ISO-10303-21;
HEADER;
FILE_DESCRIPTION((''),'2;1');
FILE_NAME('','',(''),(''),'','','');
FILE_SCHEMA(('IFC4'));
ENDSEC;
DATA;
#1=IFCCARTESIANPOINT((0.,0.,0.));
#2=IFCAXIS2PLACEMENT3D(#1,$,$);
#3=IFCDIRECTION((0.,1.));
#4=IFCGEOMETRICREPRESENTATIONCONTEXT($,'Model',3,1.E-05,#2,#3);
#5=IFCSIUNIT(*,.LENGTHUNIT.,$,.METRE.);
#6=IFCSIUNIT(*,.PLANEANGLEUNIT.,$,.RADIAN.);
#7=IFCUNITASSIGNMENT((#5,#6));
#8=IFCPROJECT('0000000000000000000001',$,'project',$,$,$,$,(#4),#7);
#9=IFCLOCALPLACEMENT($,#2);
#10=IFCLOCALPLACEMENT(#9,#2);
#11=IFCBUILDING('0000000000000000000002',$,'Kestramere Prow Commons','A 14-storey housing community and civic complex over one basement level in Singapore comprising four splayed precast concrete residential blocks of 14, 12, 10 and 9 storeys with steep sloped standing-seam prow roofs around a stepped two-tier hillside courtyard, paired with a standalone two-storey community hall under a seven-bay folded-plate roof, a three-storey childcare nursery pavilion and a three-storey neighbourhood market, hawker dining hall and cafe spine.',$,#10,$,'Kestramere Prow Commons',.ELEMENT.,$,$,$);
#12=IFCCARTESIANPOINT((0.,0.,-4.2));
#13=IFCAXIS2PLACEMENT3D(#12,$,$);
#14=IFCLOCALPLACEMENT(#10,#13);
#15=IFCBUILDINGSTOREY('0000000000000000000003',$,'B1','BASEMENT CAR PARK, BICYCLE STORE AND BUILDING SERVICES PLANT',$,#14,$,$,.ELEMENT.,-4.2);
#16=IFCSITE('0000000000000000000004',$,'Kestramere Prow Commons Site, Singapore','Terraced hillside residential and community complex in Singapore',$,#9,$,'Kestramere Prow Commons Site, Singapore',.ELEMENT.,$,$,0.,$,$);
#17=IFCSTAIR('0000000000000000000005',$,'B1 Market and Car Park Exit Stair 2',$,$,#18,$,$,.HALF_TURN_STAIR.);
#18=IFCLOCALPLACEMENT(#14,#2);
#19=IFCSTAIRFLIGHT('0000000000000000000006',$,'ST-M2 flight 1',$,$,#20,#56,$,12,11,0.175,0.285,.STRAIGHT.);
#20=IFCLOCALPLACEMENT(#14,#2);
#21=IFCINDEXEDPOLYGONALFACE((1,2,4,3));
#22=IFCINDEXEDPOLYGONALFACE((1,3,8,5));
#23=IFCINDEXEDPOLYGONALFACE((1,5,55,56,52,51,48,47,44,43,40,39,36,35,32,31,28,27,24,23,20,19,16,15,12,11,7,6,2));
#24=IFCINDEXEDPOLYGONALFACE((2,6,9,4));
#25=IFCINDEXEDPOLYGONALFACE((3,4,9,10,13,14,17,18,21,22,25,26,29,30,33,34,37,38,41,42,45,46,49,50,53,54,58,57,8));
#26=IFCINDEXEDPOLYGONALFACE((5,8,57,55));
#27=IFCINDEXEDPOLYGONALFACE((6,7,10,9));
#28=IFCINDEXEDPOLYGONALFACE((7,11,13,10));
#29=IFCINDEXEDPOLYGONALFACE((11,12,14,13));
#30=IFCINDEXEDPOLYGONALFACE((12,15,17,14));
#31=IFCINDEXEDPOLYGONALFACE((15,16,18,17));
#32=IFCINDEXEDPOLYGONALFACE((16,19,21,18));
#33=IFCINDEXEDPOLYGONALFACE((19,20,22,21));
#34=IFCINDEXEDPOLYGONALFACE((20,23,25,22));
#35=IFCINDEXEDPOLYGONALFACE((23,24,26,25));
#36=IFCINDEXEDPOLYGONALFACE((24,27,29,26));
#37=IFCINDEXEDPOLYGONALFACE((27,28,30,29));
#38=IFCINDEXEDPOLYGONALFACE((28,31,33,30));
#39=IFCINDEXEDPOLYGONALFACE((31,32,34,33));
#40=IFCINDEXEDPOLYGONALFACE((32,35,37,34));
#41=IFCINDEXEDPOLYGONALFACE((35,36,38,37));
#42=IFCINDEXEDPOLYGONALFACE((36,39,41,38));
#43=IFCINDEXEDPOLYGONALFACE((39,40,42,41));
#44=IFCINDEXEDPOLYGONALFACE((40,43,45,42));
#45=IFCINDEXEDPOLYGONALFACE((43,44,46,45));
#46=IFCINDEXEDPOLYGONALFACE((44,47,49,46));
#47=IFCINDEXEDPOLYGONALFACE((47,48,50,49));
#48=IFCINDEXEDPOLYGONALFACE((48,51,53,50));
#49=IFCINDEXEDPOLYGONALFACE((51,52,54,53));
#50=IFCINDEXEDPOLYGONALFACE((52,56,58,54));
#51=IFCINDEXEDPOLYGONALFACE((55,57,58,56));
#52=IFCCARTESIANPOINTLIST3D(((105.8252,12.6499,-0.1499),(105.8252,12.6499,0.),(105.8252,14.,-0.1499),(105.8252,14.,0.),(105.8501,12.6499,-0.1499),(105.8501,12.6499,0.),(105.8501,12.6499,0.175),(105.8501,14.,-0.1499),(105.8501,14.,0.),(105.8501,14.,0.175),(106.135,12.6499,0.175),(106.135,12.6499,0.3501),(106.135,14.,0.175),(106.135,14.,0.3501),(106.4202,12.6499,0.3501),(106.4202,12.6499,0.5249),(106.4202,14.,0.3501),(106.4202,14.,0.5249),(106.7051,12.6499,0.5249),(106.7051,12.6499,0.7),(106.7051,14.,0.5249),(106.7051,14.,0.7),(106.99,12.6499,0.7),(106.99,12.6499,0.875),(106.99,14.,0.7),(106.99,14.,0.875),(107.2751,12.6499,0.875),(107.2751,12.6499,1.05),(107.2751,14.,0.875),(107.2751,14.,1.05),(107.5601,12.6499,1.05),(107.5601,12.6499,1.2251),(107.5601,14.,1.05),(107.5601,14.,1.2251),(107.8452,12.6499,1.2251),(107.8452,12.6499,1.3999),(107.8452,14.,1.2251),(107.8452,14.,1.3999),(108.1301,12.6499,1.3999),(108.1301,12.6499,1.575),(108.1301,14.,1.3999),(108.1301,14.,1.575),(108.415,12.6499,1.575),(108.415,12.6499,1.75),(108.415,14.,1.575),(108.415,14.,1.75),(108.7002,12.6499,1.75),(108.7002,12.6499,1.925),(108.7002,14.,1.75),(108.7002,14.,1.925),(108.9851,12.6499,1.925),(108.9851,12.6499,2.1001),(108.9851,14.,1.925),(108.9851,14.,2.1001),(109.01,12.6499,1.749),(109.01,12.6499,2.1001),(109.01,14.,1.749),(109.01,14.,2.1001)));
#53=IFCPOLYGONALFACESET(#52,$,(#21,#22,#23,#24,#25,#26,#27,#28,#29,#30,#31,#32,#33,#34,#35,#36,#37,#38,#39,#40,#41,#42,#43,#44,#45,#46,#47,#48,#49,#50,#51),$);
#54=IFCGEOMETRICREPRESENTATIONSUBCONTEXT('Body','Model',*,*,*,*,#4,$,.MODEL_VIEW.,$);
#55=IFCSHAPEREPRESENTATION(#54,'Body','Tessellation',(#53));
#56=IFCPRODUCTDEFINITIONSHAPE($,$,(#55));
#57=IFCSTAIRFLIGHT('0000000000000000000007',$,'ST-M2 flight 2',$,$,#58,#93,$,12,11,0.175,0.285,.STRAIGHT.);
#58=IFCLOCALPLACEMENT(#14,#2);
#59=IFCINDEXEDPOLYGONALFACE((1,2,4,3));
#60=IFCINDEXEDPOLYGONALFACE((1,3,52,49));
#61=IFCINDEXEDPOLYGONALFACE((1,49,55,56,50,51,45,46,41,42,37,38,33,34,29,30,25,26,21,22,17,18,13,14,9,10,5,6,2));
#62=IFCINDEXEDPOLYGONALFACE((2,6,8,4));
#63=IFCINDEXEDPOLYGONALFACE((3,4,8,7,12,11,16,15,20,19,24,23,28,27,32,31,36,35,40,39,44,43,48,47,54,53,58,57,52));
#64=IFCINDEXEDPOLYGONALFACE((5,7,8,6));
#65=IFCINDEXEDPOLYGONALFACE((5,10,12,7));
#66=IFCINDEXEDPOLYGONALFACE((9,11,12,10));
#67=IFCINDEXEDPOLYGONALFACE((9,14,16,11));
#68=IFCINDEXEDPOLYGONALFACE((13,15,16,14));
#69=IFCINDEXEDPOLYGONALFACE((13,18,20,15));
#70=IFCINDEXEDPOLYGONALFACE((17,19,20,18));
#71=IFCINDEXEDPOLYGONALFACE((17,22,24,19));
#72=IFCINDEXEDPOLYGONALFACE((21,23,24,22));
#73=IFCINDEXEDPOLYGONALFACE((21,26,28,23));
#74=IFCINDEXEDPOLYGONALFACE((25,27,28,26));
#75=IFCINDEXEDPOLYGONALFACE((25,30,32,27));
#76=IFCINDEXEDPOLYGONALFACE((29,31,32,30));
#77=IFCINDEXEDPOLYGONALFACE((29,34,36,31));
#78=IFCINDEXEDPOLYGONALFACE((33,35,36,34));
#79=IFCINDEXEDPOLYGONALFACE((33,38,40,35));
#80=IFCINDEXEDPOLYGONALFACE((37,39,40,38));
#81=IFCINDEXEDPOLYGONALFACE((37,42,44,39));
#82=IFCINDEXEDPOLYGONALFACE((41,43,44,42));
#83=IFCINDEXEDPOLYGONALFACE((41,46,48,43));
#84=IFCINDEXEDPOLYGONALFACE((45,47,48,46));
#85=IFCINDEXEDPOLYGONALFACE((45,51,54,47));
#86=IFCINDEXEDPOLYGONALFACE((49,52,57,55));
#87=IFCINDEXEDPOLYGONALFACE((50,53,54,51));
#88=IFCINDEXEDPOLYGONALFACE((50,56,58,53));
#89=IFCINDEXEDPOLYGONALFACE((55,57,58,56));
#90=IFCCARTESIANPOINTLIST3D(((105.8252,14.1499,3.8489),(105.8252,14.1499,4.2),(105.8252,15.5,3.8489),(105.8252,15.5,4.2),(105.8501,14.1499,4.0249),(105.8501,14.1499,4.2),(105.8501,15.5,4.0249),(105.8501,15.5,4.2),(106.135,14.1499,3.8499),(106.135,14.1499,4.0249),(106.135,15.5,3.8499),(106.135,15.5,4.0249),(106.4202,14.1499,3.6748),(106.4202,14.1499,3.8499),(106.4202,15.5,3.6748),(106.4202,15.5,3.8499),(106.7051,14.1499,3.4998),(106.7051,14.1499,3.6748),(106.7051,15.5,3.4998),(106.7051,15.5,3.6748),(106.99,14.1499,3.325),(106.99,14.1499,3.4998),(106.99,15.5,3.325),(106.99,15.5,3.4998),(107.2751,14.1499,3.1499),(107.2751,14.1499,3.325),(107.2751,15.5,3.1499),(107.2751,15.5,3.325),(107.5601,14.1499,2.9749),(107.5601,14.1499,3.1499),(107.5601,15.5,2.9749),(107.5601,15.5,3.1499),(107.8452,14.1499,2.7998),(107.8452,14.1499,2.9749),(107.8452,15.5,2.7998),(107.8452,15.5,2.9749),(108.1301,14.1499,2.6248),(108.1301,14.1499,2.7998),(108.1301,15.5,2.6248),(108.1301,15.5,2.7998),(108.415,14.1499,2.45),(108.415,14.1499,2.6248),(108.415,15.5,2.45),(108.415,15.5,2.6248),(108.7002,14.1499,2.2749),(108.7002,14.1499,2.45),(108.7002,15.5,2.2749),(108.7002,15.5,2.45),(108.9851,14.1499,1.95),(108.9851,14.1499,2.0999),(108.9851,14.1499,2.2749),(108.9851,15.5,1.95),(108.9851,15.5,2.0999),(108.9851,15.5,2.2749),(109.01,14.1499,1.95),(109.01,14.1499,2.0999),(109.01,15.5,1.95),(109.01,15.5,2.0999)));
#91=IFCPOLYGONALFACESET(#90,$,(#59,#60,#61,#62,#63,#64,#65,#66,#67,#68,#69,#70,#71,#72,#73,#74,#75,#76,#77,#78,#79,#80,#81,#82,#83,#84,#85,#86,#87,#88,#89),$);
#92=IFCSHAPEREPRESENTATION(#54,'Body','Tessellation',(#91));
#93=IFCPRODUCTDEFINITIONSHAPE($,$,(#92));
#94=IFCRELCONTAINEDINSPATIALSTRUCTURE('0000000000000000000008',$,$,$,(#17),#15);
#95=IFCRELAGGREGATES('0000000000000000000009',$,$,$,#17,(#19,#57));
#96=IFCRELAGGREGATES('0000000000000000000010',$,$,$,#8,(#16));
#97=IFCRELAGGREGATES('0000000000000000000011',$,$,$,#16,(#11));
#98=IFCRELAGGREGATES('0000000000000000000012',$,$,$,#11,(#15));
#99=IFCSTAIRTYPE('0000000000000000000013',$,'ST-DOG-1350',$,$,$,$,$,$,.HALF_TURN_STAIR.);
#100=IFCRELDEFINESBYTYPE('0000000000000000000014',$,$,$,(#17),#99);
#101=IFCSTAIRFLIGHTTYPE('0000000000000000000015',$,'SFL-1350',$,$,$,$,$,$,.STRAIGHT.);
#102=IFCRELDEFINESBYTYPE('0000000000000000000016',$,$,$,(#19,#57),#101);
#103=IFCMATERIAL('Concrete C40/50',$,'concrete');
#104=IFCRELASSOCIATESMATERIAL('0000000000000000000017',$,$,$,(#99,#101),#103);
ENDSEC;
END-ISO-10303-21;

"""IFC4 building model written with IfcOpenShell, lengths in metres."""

from ifc_helpers import new_model, si_unit, direction, frame, origin, place, context, subcontext, project, spatial, polyline, outline, extrude, material, type_object, element, aggregate, save


model = new_model("IFC4")

# Units and contexts
model_context = context("Model", 3, precision=1e-05, world=origin(), true_north=direction((0.0, 1.0)))
body_context = subcontext(model_context, "Body", "Model", "MODEL_VIEW")
ifc_project = project(units=[si_unit("LENGTHUNIT", "METRE"), si_unit("PLANEANGLEUNIT", "RADIAN")], contexts=[model_context])

# Site, building, storey
site_placement = place(None, origin())
site = spatial("IfcSite", under=ifc_project, at=site_placement, Name="Kestramere Prow Commons Site, Singapore", Description="Terraced hillside residential and community complex in Singapore", LongName="Kestramere Prow Commons Site, Singapore", CompositionType="ELEMENT", RefElevation=0.0)
building_placement = place(site_placement, origin())
building = spatial("IfcBuilding", under=site, at=building_placement, Name="Kestramere Prow Commons", Description="A 14-storey housing community and civic complex over one basement level in Singapore comprising four splayed precast concrete residential blocks of 14, 12, 10 and 9 storeys with steep sloped standing-seam prow roofs around a stepped two-tier hillside courtyard, paired with a standalone two-storey community hall under a seven-bay folded-plate roof, a three-storey childcare nursery pavilion and a three-storey neighbourhood market, hawker dining hall and cafe spine.", LongName="Kestramere Prow Commons", CompositionType="ELEMENT")
storey_placement = place(building_placement, frame((0.0, 0.0, -4.2)))
storey = spatial("IfcBuildingStorey", under=building, at=storey_placement, Name="B1", Description="BASEMENT CAR PARK, BICYCLE STORE AND BUILDING SERVICES PLANT", CompositionType="ELEMENT", Elevation=-4.2)

# Shared definitions
ifc_material_1 = material(Name="Concrete C40/50", Category="concrete")

# Stair, stair flights
stair_type = type_object("IfcStairType", Name="ST-DOG-1350", PredefinedType="HALF_TURN_STAIR", material=ifc_material_1)
stair_placement = place(storey_placement, origin())
stair = element("IfcStair", 1, at=stair_placement, inside=storey, type_object=stair_type, Name="B1 Market and Car Park Exit Stair 2", PredefinedType="HALF_TURN_STAIR")
stair_flight_type = type_object("IfcStairFlightType", Name="SFL-1350", PredefinedType="STRAIGHT", material=ifc_material_1)
stair_flight_1_placement = place(storey_placement, frame((105.8501, 13.325, 0.0), z_axis=(0.0, 0.0, 1.0), x_axis=(1.0, 0.0, 0.0)))
stair_flight_1 = element("IfcStairFlight", 2, at=stair_flight_1_placement, type_object=stair_flight_type, Name="ST-M2 flight 1", NumberOfRisers=12, NumberOfTreads=11, PredefinedType="STRAIGHT", RiserHeight=0.175, TreadLength=0.285, context=body_context, shape_type="SweptSolid", body=[
    extrude(outline(polyline([(-0.0249, 0.0), (0.0, 0.0), (0.0, 0.175), (0.2849, 0.175), (0.2849, 0.3501), (0.5701, 0.3501), (0.5701, 0.5249), (0.855, 0.5249), (0.855, 0.7), (1.1399, 0.7), (1.1399, 0.875), (1.425, 0.875), (1.425, 1.05), (1.71, 1.05), (1.71, 1.2251), (1.9951, 1.2251), (1.9951, 1.3999), (2.28, 1.3999), (2.28, 1.575), (2.5649, 1.575), (2.5649, 1.75), (2.8501, 1.75), (2.8501, 1.925), (3.135, 1.925), (3.135, 2.1001), (3.1599, 2.1001), (3.1599, 1.749), (0.0, -0.1499), (-0.0249, -0.1499), (-0.0249, 0.0)])), frame((0.0, 0.675, 0.0), z_axis=(0.0, -1.0, 0.0), x_axis=(1.0, 0.0, 0.0)), (0.0, 0.0, 1.0), 1.3501),
])
stair_flight_2_placement = place(storey_placement, frame((108.9851, 14.825, 2.0999), z_axis=(0.0, 0.0, 1.0), x_axis=(-1.0, 0.0, 0.0)))
stair_flight_2 = element("IfcStairFlight", 3, at=stair_flight_2_placement, type_object=stair_flight_type, Name="ST-M2 flight 2", NumberOfRisers=12, NumberOfTreads=11, PredefinedType="STRAIGHT", RiserHeight=0.175, TreadLength=0.285, context=body_context, shape_type="SweptSolid", body=[
    extrude(outline(polyline([(-0.0249, 0.0), (0.0, 0.0), (0.0, 0.175), (0.2849, 0.175), (0.2849, 0.3501), (0.5701, 0.3501), (0.5701, 0.5249), (0.855, 0.5249), (0.855, 0.7), (1.1399, 0.7), (1.1399, 0.875), (1.425, 0.875), (1.425, 1.05), (1.71, 1.05), (1.71, 1.2251), (1.9951, 1.2251), (1.9951, 1.3999), (2.28, 1.3999), (2.28, 1.575), (2.5649, 1.575), (2.5649, 1.75), (2.8501, 1.75), (2.8501, 1.925), (3.135, 1.925), (3.135, 2.1001), (3.1599, 2.1001), (3.1599, 1.749), (0.0, -0.1499), (-0.0249, -0.1499), (-0.0249, 0.0)])), frame((0.0, 0.675, 0.0), z_axis=(0.0, -1.0, 0.0), x_axis=(1.0, 0.0, 0.0)), (0.0, 0.0, 1.0), 1.3501),
])
aggregate(stair, [stair_flight_1, stair_flight_2])

save(model, "model.ifc")
